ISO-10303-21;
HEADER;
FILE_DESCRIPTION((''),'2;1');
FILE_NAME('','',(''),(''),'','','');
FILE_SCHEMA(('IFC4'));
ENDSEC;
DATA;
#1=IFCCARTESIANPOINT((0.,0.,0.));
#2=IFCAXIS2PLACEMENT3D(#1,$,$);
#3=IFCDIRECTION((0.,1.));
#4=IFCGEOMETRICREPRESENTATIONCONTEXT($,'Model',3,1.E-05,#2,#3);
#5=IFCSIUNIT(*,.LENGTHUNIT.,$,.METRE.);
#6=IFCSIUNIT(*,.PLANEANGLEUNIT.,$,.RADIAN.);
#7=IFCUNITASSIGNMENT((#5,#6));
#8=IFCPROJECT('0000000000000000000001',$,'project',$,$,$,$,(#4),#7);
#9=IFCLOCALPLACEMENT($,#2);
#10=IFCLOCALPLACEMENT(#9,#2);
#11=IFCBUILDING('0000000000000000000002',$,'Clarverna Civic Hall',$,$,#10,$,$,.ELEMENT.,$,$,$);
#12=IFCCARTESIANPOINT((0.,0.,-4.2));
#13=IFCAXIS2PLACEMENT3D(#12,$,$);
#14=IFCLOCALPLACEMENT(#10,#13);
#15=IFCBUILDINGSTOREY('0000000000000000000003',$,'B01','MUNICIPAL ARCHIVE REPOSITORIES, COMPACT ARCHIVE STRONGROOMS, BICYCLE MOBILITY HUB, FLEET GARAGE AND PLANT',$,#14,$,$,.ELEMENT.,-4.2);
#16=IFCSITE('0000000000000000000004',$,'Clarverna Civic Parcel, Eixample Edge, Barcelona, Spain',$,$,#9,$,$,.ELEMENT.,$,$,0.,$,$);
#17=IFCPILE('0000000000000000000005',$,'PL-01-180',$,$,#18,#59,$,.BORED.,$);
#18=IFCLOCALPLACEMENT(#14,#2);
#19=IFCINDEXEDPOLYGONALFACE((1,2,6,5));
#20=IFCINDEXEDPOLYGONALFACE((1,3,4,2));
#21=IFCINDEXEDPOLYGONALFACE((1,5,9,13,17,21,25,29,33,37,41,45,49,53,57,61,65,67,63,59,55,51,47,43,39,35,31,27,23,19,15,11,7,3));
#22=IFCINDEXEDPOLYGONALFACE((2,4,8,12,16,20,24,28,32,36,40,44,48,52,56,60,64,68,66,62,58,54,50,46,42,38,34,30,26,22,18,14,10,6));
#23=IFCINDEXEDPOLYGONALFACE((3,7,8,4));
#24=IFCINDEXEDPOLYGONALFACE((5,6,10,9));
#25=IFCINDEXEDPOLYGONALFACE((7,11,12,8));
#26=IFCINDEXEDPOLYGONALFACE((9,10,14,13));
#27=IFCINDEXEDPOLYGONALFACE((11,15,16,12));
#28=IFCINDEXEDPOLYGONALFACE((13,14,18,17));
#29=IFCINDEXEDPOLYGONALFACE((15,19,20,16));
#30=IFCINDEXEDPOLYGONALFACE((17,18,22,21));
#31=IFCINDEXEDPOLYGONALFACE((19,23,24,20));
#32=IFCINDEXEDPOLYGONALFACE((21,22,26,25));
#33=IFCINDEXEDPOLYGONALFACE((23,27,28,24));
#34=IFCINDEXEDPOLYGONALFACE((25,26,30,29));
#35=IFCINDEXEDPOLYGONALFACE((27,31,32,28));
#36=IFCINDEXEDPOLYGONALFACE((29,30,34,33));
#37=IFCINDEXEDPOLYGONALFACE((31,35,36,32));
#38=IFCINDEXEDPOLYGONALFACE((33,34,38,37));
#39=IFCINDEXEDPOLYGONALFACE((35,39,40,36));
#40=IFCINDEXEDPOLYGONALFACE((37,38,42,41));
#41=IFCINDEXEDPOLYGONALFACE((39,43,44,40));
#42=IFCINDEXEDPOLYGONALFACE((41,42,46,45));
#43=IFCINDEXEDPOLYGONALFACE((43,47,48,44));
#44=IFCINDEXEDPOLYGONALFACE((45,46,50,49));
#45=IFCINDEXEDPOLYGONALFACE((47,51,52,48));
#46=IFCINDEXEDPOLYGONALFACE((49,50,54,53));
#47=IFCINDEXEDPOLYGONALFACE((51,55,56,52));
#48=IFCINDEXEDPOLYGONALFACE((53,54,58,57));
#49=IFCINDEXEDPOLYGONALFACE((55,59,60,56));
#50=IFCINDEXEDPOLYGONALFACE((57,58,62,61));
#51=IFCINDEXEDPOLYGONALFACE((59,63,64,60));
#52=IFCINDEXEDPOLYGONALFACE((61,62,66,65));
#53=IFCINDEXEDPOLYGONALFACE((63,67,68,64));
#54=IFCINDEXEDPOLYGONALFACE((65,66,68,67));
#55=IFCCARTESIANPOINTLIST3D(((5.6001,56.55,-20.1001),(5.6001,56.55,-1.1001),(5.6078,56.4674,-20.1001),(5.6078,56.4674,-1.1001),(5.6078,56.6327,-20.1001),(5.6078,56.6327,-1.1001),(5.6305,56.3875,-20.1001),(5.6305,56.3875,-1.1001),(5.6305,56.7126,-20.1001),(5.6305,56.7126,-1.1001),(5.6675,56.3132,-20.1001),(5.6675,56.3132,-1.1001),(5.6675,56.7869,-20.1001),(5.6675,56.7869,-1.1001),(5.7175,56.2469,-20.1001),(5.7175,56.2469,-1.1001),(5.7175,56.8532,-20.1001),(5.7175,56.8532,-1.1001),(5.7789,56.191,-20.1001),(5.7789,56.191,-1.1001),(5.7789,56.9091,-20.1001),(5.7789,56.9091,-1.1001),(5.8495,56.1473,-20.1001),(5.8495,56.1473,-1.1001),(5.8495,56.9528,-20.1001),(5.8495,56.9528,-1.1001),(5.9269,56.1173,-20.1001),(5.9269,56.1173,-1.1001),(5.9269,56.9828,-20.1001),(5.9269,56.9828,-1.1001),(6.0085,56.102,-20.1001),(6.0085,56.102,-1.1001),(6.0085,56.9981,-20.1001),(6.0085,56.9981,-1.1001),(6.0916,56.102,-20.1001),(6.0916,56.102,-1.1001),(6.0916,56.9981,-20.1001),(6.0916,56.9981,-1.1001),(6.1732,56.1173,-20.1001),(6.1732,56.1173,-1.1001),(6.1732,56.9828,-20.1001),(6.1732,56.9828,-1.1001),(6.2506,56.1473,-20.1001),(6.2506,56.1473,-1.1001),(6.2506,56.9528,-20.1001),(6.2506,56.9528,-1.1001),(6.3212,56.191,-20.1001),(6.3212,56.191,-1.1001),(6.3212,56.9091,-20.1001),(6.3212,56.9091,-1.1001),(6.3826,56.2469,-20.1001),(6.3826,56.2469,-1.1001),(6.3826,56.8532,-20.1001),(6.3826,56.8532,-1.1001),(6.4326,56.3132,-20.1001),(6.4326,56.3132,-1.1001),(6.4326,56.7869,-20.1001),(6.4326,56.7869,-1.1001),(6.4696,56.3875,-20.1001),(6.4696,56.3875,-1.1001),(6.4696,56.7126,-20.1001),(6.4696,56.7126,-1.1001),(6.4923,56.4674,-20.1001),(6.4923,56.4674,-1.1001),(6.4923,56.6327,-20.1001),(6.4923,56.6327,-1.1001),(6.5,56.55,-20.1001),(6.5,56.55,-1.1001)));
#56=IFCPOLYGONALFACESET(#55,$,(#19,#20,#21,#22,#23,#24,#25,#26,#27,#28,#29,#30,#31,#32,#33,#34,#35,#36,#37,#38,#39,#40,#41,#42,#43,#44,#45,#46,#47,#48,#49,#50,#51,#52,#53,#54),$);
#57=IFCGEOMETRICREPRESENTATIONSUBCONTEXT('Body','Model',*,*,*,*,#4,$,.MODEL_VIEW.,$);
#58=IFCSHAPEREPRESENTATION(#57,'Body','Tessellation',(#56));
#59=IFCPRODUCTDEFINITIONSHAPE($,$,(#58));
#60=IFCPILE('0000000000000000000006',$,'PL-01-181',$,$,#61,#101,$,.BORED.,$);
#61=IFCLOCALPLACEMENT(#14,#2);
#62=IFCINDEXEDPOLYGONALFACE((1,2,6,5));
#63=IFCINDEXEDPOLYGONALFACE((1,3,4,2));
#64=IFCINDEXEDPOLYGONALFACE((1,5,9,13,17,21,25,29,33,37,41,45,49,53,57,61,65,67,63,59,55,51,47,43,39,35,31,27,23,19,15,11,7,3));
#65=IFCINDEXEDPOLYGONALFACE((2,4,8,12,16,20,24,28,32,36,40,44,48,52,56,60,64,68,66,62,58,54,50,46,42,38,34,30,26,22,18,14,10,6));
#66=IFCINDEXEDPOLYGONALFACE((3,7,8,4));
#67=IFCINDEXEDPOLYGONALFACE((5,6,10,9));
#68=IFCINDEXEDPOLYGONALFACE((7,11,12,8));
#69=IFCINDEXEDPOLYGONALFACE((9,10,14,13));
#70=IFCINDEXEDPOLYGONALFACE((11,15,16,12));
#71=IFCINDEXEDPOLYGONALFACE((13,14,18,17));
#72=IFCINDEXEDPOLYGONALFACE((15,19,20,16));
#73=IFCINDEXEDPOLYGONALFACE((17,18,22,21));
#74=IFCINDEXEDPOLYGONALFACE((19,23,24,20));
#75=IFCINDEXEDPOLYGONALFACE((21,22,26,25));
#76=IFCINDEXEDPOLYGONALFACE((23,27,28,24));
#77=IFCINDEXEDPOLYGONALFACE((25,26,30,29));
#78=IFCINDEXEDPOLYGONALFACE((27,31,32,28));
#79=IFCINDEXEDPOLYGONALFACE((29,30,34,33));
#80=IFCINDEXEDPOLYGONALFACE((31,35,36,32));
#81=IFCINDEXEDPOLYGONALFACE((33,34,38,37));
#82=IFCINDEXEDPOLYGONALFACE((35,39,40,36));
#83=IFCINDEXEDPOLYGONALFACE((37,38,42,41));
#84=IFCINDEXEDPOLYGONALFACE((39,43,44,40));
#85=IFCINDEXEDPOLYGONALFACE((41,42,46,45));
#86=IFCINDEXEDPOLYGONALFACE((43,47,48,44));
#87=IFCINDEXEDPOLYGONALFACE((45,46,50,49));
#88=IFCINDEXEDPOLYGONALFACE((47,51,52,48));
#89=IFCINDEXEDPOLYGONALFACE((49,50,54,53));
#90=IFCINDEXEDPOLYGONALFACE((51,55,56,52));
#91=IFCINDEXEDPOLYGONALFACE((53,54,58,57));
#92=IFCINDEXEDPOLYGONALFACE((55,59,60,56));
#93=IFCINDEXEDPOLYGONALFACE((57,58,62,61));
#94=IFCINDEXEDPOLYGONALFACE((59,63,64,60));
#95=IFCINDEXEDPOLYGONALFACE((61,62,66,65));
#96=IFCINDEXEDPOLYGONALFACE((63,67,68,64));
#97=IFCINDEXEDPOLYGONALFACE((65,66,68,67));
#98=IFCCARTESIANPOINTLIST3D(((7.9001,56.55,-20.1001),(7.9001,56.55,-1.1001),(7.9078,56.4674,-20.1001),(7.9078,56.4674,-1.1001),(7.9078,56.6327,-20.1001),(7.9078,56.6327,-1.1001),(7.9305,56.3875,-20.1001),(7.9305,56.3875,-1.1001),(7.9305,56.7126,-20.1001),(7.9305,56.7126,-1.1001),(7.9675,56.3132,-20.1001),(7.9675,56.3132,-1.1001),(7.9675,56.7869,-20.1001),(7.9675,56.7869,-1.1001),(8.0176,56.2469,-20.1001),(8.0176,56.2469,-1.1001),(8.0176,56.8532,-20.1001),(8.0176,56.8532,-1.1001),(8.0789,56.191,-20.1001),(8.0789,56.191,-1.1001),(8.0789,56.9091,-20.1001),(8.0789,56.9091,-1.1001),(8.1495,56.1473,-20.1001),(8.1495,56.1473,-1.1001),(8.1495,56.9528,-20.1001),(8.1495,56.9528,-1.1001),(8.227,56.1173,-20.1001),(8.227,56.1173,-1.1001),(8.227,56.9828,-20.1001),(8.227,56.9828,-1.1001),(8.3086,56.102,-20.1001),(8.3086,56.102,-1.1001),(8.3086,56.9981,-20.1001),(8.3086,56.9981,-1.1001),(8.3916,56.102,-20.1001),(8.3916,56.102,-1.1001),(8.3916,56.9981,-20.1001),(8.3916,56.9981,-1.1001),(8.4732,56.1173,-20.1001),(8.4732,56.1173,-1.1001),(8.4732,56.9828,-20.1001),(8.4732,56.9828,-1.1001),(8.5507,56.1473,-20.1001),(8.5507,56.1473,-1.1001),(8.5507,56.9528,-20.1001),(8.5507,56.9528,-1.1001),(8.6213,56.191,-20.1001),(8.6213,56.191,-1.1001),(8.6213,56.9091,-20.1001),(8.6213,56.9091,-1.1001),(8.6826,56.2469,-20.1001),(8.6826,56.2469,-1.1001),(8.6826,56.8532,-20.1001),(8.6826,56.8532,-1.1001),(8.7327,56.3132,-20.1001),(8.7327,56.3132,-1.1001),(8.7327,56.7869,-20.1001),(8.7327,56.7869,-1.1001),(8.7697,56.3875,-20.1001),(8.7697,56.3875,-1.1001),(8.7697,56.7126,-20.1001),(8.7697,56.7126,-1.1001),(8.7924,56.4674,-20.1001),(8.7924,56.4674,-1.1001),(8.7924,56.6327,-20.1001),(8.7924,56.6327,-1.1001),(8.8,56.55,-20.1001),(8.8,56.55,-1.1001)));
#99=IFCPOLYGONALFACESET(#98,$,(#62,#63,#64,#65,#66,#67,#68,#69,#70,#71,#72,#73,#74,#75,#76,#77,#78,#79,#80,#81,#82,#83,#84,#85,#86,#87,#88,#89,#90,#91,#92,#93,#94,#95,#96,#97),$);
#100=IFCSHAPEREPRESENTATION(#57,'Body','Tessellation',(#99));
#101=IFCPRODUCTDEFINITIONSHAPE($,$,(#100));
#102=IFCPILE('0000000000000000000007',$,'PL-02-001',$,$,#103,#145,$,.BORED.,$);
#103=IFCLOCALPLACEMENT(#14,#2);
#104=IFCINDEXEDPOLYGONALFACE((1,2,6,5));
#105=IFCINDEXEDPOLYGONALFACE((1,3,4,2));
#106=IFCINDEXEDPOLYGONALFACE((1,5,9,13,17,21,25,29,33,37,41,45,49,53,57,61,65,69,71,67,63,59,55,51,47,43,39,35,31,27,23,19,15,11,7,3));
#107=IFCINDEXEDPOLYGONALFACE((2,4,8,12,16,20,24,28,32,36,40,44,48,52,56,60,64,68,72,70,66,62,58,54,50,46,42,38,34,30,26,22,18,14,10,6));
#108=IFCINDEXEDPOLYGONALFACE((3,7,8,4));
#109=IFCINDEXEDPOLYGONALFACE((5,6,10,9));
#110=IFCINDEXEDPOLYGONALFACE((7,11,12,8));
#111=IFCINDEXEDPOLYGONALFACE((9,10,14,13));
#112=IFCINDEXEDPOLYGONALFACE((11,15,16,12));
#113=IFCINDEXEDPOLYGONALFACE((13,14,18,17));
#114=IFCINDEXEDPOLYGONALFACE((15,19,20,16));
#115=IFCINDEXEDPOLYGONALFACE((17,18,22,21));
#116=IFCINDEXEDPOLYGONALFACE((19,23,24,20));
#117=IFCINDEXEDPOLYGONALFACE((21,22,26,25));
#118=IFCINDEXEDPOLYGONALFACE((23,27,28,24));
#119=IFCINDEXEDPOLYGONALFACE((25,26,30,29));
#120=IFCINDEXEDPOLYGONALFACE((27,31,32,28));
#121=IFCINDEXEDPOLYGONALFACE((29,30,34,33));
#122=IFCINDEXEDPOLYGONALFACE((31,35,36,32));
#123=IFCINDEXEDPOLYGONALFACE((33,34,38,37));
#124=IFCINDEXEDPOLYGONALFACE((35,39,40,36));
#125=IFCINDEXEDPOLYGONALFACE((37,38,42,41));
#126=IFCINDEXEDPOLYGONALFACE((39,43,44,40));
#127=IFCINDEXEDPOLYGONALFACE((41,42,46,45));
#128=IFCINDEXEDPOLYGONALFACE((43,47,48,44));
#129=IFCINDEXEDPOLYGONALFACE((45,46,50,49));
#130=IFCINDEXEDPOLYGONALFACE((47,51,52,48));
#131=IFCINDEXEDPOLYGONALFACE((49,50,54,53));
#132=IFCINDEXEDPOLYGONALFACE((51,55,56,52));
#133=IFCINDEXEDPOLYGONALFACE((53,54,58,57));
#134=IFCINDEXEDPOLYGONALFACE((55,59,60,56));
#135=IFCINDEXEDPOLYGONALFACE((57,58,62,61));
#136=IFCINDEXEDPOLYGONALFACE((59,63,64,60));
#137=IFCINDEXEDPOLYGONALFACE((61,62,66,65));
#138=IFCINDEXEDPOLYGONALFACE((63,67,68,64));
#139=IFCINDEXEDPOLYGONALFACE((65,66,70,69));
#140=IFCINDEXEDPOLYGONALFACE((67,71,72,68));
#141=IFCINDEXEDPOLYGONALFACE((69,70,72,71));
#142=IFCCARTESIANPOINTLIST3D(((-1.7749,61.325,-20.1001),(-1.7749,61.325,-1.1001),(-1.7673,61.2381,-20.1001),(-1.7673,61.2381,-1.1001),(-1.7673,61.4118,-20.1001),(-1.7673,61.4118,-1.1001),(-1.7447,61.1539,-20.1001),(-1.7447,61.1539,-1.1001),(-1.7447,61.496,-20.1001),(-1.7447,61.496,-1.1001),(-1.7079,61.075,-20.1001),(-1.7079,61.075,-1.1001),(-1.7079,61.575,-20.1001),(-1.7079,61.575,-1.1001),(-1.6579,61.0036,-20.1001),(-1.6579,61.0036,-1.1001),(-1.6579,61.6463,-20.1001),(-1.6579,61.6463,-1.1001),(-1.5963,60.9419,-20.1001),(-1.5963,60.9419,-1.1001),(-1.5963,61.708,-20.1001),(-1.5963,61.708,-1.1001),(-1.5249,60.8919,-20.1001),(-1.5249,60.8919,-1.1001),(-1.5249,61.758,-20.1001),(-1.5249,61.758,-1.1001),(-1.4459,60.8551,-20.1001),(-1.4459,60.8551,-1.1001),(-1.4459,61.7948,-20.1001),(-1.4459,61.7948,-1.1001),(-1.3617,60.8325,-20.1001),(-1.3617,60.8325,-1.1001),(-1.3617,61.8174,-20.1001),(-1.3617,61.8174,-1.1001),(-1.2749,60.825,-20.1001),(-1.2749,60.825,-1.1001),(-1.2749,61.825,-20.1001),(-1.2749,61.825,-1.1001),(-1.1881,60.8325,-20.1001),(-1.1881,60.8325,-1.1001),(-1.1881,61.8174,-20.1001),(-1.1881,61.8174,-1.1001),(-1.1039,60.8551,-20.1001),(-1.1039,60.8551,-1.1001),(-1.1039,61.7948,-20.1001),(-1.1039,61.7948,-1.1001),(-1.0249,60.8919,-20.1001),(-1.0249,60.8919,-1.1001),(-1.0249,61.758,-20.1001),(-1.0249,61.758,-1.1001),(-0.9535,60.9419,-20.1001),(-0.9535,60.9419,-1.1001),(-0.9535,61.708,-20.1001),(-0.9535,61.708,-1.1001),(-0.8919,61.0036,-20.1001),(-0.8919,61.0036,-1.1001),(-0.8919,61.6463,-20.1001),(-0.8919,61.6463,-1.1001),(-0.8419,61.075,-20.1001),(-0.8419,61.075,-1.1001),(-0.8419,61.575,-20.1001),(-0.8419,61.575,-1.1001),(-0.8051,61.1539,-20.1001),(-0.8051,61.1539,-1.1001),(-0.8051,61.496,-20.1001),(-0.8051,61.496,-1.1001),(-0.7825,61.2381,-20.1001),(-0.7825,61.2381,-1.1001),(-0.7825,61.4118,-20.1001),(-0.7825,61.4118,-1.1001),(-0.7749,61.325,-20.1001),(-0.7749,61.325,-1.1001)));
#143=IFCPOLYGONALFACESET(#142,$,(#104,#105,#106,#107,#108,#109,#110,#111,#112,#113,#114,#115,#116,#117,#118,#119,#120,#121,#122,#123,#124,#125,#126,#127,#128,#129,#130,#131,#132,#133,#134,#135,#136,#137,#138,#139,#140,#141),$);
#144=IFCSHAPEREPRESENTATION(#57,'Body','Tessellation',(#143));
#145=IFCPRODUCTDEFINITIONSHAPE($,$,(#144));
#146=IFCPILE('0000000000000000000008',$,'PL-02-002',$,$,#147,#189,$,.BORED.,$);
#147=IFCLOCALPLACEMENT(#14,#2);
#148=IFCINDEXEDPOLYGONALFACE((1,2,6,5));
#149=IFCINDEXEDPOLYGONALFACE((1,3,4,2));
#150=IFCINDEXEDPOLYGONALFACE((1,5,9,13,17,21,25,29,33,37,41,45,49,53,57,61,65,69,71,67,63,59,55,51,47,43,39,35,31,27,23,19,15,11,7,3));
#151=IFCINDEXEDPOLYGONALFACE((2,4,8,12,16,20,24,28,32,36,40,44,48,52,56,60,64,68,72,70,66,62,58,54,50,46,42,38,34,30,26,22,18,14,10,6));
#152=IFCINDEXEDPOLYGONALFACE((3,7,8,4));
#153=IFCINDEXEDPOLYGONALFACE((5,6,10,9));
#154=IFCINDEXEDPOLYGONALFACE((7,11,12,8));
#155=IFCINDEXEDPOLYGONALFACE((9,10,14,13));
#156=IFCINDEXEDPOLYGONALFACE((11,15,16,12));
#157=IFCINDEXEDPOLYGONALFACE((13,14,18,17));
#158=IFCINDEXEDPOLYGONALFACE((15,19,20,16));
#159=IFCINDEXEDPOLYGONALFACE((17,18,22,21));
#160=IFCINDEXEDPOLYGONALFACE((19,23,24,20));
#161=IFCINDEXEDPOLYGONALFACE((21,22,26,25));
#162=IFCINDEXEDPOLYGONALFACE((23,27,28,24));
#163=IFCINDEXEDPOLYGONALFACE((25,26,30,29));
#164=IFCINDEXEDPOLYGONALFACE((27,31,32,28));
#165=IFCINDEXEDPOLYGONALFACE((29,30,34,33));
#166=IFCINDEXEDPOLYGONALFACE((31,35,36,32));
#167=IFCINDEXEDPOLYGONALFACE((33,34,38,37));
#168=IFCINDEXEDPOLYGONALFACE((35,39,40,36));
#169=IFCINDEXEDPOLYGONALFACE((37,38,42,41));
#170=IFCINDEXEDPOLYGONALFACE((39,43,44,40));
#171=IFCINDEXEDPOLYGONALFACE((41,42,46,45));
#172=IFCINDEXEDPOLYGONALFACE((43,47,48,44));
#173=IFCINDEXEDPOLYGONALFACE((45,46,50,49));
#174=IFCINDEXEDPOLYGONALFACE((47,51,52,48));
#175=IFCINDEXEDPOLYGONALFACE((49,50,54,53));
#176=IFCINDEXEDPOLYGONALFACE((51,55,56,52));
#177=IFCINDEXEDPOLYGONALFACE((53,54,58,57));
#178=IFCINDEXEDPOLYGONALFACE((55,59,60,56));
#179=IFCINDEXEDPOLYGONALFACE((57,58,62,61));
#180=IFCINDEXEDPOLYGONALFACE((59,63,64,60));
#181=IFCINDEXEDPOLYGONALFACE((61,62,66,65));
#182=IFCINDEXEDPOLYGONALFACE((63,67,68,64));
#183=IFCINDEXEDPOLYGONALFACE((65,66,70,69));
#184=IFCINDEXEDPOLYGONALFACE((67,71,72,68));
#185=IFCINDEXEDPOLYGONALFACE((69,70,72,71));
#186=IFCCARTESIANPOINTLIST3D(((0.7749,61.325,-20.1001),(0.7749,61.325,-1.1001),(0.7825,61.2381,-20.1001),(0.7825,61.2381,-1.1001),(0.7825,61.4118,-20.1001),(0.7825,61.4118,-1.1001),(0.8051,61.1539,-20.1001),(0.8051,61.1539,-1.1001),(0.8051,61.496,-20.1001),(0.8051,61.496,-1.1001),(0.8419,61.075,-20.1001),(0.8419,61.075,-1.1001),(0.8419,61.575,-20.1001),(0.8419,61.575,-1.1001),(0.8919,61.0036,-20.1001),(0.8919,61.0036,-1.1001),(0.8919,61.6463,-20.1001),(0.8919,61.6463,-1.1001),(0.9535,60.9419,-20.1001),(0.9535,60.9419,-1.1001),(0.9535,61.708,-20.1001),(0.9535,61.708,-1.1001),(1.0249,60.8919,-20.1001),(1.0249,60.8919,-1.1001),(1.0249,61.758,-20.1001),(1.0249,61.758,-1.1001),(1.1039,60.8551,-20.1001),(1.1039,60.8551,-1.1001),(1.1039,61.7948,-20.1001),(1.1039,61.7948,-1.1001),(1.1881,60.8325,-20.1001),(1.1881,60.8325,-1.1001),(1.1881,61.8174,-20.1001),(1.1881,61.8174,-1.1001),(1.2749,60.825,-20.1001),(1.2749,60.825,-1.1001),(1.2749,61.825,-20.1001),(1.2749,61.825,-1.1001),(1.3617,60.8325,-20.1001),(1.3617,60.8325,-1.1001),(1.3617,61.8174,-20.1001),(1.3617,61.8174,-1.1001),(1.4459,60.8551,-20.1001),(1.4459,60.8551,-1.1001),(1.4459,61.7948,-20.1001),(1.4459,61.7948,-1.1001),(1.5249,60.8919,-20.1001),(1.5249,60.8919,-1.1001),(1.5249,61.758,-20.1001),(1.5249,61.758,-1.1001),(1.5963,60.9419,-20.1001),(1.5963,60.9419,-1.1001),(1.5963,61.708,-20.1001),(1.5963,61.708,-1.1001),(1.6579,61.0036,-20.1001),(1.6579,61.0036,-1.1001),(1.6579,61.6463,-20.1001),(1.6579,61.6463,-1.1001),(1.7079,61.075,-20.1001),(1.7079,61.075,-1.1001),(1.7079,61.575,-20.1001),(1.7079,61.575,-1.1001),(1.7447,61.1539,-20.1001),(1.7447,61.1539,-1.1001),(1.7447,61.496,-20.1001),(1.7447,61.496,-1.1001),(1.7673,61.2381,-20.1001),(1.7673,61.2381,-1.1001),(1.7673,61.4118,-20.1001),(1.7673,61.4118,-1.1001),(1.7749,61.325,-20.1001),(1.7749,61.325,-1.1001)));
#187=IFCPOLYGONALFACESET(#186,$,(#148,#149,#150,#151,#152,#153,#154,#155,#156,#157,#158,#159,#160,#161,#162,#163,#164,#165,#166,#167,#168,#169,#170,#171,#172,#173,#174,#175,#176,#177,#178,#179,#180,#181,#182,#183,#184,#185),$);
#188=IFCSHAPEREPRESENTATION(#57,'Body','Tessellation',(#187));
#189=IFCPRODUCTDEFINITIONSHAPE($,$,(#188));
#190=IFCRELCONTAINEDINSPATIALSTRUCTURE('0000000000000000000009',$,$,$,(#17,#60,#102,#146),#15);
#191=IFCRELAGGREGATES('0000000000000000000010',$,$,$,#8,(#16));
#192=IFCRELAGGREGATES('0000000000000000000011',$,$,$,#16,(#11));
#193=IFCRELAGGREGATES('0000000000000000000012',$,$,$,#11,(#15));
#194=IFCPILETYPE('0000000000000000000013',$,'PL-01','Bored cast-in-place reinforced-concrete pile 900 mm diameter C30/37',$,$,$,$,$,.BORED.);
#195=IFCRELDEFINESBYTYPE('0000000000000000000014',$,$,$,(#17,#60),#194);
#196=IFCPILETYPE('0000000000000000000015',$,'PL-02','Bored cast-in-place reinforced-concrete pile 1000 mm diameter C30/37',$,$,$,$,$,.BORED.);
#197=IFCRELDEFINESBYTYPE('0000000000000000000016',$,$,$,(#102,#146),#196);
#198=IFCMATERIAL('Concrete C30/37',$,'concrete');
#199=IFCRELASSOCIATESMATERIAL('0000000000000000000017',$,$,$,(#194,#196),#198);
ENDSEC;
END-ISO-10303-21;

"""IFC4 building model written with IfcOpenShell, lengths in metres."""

from ifc_helpers import new_model, si_unit, direction, frame, origin, origin_2d, place, context, subcontext, project, spatial, circle, extrude, material, material_profile, profile_set, type_object, element, save


model = new_model("IFC4")

# Units and contexts
model_context = context("Model", 3, precision=1e-05, world=origin(), true_north=direction((0.0, 1.0)))
body_context = subcontext(model_context, "Body", "Model", "MODEL_VIEW")
ifc_project = project(units=[si_unit("LENGTHUNIT", "METRE"), si_unit("PLANEANGLEUNIT", "RADIAN")], contexts=[model_context])

# Site, building, storey
site_placement = place(None, origin())
site = spatial("IfcSite", under=ifc_project, at=site_placement, Name="Clarverna Civic Parcel, Eixample Edge, Barcelona, Spain", CompositionType="ELEMENT", RefElevation=0.0)
building_placement = place(site_placement, origin())
building = spatial("IfcBuilding", under=site, at=building_placement, Name="Clarverna Civic Hall", CompositionType="ELEMENT")
storey_placement = place(building_placement, frame((0.0, 0.0, -4.2)))
storey = spatial("IfcBuildingStorey", under=building, at=storey_placement, Name="B01", Description="MUNICIPAL ARCHIVE REPOSITORIES, COMPACT ARCHIVE STRONGROOMS, BICYCLE MOBILITY HUB, FLEET GARAGE AND PLANT", CompositionType="ELEMENT", Elevation=-4.2)

# Shared definitions
ifc_material_1 = material(Name="Concrete C30/37", Category="concrete")

# Piles
ifc_material_profile_1 = material_profile(ifc_material_1, circle(Radius=0.45, at=origin_2d()), Name="BORED PILE D900")
ifc_profile_set_1 = profile_set([ifc_material_profile_1], Name="Concrete C30/37")
pile_type_1 = type_object("IfcPileType", Name="PL-01", Description="Bored cast-in-place reinforced-concrete pile 900 mm diameter C30/37", PredefinedType="BORED", material=ifc_profile_set_1)
for number, where, z_axis, x_axis, name in (
    (1, (6.05, 56.55, -1.1001), (0.0, 0.0, -1.0), (1.0, 0.0, 0.0), "PL-01-180"),
    (2, (8.3501, 56.55, -1.1001), (0.0, 0.0, -1.0), (1.0, 0.0, 0.0), "PL-01-181"),
):
    element("IfcPile", number, at=place(storey_placement, frame(where, z_axis=z_axis, x_axis=x_axis)), inside=storey, type_object=pile_type_1, Name=name, PredefinedType="BORED", context=body_context, shape_type="SweptSolid", body=[
        extrude(circle(Radius=0.45, at=origin_2d()), origin(), (0.0, 0.0, 1.0), 19.0),
    ])
ifc_material_profile_2 = material_profile(ifc_material_1, circle(Radius=0.5, at=origin_2d()), Name="BORED PILE D1000")
ifc_profile_set_2 = profile_set([ifc_material_profile_2], Name="Concrete C30/37")
pile_type_2 = type_object("IfcPileType", Name="PL-02", Description="Bored cast-in-place reinforced-concrete pile 1000 mm diameter C30/37", PredefinedType="BORED", material=ifc_profile_set_2)
for number, where, z_axis, x_axis, name in (
    (3, (-1.2749, 61.325, -1.1001), (0.0, 0.0, -1.0), (1.0, 0.0, 0.0), "PL-02-001"),
    (4, (1.2749, 61.325, -1.1001), (0.0, 0.0, -1.0), (1.0, 0.0, 0.0), "PL-02-002"),
):
    element("IfcPile", number, at=place(storey_placement, frame(where, z_axis=z_axis, x_axis=x_axis)), inside=storey, type_object=pile_type_2, Name=name, PredefinedType="BORED", context=body_context, shape_type="SweptSolid", body=[
        extrude(circle(Radius=0.5, at=origin_2d()), origin(), (0.0, 0.0, 1.0), 19.0),
    ])

save(model, "model.ifc")
